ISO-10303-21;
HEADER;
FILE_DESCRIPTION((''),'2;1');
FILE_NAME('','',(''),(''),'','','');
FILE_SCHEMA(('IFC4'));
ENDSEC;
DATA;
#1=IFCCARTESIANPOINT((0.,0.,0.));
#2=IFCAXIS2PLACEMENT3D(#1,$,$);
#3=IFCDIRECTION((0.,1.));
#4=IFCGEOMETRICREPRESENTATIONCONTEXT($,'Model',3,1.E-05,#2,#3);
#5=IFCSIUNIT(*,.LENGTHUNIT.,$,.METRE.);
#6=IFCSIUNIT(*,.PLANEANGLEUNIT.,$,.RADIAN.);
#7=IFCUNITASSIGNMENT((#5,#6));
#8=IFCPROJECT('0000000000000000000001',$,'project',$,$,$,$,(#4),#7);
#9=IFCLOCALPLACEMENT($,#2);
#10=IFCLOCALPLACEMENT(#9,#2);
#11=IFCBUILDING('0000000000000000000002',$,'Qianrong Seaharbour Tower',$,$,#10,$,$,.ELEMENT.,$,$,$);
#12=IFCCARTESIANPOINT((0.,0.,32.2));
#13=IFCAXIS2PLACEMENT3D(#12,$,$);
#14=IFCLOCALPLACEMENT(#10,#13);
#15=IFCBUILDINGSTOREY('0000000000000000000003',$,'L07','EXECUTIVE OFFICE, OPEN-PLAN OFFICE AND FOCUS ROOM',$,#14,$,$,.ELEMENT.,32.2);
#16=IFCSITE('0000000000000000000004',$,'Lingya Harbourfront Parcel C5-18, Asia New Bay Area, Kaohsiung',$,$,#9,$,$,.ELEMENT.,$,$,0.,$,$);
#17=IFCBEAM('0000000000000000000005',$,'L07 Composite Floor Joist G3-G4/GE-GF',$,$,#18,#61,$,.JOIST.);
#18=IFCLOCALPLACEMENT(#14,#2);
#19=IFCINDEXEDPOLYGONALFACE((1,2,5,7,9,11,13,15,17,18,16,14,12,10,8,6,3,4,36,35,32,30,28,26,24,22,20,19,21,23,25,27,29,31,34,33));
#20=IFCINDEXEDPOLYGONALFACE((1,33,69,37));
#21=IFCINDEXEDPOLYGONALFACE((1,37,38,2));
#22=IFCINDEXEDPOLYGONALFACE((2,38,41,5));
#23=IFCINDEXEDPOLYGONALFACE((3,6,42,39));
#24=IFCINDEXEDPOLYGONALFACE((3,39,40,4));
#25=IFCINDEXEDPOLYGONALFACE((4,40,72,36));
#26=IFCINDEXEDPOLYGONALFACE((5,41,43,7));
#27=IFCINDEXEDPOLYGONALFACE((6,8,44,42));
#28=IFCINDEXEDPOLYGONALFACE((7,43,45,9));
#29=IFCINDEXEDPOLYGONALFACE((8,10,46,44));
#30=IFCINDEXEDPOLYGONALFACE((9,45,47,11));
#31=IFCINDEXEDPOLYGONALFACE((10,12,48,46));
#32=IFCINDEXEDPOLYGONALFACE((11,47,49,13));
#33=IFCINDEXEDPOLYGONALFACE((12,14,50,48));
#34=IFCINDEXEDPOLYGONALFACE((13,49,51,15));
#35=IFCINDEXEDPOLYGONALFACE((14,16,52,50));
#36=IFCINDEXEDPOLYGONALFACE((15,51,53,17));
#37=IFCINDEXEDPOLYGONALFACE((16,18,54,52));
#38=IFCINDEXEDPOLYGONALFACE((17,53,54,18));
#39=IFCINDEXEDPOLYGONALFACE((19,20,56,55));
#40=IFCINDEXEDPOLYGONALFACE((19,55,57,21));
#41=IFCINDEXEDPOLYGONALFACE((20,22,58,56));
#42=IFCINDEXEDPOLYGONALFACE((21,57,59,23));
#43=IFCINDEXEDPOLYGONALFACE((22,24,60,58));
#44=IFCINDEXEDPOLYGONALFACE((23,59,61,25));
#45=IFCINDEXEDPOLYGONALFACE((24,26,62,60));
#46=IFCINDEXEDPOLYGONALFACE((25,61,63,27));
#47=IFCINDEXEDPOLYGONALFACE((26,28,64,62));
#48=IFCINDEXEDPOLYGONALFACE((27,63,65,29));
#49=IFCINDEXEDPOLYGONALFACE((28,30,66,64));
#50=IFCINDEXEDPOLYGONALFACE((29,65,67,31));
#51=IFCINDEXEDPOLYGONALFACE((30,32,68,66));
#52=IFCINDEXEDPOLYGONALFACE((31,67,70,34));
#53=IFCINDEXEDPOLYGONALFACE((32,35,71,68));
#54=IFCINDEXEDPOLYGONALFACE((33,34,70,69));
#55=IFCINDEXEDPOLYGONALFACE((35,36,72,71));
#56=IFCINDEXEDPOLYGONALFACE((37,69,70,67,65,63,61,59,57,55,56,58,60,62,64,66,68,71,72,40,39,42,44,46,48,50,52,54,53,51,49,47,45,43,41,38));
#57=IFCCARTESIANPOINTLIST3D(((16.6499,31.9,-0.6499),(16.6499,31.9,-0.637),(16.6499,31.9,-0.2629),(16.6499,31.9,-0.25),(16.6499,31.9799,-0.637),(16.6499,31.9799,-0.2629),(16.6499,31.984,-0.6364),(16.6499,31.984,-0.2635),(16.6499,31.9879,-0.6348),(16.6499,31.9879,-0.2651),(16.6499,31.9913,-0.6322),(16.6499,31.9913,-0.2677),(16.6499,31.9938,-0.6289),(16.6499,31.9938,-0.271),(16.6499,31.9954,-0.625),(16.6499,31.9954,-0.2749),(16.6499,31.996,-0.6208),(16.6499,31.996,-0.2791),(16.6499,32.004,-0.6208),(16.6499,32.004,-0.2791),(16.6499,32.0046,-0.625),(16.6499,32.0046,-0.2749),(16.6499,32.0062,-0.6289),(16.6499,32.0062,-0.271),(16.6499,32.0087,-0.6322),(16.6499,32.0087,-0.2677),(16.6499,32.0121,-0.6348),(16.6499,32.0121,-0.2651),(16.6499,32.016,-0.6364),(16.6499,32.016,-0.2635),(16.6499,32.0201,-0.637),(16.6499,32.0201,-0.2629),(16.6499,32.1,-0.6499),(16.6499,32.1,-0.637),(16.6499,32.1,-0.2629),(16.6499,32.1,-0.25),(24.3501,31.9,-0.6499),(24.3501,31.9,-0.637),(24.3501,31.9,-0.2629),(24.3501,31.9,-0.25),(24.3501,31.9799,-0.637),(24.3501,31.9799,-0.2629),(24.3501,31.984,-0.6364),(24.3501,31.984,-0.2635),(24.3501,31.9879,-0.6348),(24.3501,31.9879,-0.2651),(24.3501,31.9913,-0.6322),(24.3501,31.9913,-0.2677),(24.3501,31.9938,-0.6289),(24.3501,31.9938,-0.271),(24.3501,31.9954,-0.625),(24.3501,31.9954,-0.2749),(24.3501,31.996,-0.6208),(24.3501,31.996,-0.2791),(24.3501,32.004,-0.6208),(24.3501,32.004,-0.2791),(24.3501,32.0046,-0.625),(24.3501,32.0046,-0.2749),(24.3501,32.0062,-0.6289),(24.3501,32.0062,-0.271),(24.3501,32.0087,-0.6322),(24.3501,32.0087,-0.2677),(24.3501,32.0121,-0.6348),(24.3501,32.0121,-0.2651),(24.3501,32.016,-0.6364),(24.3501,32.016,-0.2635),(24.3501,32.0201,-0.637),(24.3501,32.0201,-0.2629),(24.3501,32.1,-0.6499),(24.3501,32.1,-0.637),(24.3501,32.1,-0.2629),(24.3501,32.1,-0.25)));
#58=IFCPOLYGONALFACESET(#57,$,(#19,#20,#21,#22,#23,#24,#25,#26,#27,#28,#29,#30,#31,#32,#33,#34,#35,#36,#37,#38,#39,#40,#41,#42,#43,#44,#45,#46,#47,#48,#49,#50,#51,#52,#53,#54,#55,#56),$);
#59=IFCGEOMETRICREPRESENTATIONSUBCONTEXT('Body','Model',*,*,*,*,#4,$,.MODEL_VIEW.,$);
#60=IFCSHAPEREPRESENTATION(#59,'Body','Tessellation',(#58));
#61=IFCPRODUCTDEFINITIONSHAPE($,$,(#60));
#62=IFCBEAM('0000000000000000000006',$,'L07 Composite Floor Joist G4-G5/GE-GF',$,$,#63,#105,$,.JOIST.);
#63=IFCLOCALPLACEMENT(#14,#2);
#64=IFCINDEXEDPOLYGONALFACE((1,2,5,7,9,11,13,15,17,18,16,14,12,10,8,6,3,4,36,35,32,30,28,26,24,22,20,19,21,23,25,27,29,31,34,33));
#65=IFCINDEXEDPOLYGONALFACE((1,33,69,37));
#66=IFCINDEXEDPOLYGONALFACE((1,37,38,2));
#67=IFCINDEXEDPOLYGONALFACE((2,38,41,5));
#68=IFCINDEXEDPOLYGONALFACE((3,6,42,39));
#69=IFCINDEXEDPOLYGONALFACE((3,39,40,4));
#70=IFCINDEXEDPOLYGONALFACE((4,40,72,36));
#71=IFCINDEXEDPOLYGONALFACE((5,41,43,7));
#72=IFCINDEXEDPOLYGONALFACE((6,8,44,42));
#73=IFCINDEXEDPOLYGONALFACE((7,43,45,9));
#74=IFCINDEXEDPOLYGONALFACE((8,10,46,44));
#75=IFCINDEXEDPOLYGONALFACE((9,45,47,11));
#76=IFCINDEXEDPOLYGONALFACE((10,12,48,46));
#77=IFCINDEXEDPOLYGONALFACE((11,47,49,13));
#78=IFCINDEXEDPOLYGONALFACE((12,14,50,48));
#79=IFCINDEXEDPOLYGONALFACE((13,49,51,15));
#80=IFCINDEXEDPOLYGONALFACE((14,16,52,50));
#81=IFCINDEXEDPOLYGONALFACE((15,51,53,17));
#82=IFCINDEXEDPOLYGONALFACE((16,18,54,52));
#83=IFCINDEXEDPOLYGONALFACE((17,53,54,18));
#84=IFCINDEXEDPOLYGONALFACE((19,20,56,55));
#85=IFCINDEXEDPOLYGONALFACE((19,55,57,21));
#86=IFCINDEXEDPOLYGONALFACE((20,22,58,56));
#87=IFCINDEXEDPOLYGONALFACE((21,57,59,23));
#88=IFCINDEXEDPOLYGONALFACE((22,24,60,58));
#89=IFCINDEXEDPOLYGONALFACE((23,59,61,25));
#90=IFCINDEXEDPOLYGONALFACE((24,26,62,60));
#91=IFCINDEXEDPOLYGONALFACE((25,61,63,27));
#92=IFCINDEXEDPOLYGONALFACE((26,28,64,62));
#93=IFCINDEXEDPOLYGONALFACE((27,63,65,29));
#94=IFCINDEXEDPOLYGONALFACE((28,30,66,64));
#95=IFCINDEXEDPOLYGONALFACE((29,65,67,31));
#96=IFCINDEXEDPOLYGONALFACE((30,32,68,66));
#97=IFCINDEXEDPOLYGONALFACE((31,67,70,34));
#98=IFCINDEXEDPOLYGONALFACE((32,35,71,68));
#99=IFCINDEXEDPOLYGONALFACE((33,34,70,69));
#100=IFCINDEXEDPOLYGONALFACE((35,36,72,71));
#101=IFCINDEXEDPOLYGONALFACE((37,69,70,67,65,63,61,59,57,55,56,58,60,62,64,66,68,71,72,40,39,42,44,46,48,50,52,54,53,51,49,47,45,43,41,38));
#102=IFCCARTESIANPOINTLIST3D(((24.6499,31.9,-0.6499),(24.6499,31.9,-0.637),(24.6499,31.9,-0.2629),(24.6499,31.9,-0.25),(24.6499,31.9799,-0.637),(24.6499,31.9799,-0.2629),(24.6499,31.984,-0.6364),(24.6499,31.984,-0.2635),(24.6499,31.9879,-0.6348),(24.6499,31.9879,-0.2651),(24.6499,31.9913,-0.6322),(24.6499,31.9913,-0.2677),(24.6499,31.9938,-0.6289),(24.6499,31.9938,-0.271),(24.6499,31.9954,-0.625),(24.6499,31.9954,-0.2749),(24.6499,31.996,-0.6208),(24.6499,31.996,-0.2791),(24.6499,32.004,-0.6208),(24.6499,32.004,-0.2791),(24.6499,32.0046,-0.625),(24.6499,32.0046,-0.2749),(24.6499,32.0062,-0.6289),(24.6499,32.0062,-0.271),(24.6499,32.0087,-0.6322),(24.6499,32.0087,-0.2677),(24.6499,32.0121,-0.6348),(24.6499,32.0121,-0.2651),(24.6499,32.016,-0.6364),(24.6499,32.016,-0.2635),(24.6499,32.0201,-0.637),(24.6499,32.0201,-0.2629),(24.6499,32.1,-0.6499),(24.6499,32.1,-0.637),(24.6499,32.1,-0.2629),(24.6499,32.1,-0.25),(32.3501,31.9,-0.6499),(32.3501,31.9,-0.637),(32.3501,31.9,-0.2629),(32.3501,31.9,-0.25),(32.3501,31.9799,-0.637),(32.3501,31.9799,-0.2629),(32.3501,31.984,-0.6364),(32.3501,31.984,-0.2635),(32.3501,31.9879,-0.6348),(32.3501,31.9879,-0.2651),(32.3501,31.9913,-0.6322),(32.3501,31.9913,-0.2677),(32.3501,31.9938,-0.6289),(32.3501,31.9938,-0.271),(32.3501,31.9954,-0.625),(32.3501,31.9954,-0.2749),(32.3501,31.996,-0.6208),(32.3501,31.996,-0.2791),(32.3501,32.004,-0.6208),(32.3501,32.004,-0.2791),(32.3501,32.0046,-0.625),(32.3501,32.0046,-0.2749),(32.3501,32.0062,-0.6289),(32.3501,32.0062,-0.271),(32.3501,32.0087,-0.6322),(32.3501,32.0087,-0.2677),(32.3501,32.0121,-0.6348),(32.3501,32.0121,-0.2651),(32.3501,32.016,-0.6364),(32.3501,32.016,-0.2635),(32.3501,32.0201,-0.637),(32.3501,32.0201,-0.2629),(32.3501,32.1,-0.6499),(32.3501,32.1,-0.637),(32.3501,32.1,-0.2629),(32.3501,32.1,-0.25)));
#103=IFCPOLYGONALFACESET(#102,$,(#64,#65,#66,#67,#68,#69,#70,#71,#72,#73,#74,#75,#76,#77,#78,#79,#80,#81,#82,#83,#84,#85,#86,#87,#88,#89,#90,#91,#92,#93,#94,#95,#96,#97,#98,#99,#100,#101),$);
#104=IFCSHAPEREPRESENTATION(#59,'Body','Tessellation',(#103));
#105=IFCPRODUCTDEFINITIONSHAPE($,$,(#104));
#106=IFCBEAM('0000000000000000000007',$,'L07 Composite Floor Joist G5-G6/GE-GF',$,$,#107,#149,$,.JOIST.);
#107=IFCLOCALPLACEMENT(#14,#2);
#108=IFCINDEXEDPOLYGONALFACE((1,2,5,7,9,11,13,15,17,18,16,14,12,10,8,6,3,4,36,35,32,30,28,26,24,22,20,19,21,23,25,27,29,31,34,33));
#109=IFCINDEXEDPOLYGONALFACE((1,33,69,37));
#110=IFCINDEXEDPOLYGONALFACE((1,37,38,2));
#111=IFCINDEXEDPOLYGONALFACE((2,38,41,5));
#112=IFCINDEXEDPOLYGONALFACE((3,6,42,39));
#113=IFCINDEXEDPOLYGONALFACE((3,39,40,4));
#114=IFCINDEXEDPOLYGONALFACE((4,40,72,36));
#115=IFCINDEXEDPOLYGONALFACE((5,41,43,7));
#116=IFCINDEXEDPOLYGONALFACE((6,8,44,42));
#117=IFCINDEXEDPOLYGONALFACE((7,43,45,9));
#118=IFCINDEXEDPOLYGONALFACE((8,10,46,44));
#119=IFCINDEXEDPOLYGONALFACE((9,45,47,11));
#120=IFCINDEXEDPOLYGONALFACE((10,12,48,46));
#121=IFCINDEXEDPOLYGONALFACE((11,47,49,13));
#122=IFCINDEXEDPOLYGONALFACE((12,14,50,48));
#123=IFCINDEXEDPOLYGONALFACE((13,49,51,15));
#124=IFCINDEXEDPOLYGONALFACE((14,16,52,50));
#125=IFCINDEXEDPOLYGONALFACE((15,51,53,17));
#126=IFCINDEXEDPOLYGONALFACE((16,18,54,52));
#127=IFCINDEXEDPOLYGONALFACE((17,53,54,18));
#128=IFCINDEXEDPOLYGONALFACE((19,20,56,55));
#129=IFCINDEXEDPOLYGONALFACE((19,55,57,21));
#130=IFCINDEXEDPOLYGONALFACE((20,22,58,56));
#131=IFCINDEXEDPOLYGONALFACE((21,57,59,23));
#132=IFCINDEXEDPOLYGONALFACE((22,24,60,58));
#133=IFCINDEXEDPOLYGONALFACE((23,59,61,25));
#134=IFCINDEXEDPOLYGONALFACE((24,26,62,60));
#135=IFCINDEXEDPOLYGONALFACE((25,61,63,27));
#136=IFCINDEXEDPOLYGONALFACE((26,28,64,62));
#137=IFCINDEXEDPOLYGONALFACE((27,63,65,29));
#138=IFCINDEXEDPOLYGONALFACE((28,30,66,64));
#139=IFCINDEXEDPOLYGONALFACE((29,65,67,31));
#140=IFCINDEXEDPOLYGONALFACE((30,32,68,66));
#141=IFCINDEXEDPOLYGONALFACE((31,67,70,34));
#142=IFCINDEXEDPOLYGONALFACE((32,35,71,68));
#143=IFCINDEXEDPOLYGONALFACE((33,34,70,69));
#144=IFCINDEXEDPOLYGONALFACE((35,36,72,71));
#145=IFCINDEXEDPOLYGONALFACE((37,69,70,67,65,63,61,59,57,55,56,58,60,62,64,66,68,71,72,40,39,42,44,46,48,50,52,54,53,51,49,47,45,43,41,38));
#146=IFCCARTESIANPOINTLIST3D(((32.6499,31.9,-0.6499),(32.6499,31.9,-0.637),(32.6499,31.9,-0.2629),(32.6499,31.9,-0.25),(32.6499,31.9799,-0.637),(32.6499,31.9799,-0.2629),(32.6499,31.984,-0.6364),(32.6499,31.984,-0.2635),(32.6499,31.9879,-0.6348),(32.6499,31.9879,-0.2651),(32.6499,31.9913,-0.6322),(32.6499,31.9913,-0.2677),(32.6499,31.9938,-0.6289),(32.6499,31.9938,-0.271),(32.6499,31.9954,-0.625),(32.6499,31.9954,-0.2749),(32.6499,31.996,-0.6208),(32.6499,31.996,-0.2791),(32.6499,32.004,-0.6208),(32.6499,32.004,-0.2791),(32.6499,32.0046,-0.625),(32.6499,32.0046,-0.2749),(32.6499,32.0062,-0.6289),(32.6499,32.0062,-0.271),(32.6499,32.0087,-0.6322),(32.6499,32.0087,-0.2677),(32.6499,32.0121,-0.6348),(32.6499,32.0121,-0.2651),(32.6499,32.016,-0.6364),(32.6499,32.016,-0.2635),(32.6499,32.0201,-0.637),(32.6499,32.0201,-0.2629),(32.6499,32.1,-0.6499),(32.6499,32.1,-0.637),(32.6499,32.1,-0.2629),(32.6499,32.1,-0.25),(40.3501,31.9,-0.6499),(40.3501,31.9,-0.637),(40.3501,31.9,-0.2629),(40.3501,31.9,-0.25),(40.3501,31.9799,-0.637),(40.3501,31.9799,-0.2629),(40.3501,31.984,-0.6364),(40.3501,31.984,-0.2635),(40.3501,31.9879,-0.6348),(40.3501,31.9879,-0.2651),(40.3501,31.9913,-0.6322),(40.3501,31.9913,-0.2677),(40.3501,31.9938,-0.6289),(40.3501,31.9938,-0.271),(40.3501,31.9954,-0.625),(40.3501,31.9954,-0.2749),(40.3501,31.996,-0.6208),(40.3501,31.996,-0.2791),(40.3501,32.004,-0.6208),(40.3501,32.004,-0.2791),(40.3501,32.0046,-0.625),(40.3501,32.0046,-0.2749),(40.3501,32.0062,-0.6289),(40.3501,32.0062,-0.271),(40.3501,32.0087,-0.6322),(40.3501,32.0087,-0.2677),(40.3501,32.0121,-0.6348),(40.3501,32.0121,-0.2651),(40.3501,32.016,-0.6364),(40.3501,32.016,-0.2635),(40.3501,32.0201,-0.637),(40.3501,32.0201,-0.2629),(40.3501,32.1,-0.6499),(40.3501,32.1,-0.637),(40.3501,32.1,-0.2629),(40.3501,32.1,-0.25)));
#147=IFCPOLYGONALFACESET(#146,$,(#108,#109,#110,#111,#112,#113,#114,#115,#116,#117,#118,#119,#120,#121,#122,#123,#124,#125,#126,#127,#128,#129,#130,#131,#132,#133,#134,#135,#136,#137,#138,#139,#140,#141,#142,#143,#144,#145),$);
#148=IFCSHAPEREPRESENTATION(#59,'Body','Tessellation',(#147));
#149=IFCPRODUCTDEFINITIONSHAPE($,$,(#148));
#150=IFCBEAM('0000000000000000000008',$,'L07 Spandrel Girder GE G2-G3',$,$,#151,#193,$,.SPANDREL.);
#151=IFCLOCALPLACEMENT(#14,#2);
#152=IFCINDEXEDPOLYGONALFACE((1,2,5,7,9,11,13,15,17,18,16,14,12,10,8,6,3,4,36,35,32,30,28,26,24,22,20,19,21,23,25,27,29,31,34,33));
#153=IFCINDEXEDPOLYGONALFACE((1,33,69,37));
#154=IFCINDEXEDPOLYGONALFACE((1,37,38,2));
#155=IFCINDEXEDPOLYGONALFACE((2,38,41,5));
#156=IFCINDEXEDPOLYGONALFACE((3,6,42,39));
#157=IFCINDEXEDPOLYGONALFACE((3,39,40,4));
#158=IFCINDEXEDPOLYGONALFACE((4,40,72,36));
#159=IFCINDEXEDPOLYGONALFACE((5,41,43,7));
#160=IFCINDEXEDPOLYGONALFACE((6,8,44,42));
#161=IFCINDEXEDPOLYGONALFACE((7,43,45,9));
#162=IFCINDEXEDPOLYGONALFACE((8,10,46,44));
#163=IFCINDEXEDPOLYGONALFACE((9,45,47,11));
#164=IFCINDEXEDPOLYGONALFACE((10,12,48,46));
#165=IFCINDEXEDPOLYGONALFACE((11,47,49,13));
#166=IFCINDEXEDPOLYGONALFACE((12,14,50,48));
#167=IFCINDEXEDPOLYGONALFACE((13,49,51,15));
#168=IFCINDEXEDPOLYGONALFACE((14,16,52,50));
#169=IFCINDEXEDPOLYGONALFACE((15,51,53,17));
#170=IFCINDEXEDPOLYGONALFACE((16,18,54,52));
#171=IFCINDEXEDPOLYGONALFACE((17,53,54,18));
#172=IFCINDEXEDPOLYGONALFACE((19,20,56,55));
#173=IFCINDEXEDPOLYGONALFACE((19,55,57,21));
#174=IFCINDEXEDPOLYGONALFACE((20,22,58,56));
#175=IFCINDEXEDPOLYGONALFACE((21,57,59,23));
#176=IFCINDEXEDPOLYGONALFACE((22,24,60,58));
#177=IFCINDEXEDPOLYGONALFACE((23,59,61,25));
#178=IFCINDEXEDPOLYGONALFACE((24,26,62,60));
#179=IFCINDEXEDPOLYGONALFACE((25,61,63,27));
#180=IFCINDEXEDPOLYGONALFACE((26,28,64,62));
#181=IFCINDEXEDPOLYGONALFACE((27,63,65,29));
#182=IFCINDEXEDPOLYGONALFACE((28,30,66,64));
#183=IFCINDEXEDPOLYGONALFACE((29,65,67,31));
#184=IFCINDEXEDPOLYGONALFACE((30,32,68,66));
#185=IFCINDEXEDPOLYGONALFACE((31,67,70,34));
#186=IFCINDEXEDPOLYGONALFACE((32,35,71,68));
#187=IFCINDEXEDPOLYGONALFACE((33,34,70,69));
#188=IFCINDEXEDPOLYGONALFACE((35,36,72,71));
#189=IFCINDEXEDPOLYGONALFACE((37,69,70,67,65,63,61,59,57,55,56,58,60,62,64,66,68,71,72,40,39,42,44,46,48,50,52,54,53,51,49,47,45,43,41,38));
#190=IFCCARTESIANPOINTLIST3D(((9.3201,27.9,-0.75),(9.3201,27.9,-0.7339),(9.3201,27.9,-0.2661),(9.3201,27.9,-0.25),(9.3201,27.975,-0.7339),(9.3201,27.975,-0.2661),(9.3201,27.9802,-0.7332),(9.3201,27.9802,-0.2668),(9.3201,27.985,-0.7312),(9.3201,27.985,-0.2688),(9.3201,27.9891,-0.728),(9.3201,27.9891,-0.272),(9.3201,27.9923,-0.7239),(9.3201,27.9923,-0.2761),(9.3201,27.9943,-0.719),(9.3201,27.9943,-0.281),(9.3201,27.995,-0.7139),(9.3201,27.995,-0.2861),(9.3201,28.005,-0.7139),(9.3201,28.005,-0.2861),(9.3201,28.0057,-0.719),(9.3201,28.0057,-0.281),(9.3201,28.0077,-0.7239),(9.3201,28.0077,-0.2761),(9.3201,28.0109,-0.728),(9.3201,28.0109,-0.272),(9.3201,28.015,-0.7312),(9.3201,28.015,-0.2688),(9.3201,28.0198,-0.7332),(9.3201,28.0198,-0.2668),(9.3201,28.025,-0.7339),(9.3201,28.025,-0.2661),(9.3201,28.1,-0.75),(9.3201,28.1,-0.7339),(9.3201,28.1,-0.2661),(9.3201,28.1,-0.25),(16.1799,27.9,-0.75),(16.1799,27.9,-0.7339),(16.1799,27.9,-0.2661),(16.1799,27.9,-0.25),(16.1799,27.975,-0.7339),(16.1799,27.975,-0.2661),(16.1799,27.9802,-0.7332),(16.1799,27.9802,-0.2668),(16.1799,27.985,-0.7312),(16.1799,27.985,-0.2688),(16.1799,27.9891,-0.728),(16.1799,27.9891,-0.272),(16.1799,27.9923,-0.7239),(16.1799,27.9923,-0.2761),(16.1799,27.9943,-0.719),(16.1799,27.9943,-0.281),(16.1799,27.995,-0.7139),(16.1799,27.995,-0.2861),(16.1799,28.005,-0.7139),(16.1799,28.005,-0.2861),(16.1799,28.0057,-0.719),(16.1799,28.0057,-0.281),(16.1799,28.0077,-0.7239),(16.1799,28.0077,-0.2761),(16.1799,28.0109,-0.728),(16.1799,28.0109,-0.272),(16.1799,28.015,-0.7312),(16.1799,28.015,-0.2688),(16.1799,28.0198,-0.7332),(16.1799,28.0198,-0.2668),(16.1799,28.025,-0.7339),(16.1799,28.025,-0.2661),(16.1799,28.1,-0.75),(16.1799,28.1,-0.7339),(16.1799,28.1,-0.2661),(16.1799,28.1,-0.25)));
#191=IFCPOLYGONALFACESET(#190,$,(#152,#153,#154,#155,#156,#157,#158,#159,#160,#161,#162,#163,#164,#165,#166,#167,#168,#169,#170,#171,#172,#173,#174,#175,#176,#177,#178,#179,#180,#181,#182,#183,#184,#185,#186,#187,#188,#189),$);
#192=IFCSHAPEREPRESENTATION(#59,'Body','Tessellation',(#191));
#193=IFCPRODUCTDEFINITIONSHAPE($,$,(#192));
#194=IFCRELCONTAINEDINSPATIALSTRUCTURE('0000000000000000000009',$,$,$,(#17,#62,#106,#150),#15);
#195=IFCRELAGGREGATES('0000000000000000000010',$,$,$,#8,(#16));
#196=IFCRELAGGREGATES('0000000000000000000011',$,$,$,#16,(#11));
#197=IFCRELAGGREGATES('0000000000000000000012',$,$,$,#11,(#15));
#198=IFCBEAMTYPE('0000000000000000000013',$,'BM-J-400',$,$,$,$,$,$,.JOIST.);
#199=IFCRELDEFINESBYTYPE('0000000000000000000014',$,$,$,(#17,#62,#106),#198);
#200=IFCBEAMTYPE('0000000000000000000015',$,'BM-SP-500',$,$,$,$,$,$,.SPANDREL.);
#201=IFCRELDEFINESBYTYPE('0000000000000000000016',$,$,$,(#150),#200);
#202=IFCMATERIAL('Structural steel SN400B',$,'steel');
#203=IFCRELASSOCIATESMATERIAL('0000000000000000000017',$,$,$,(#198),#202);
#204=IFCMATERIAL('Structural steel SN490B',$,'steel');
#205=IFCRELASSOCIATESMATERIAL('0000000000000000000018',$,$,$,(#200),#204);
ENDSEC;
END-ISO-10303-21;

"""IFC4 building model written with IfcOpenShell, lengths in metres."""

from ifc_helpers import new_model, si_unit, direction, frame, origin, origin_2d, place, context, subcontext, project, spatial, i_section, extrude, material, material_profile, profile_set, type_object, element, save


model = new_model("IFC4")

# Units and contexts
model_context = context("Model", 3, precision=1e-05, world=origin(), true_north=direction((0.0, 1.0)))
body_context = subcontext(model_context, "Body", "Model", "MODEL_VIEW")
ifc_project = project(units=[si_unit("LENGTHUNIT", "METRE"), si_unit("PLANEANGLEUNIT", "RADIAN")], contexts=[model_context])

# Site, building, storey
site_placement = place(None, origin())
site = spatial("IfcSite", under=ifc_project, at=site_placement, Name="Lingya Harbourfront Parcel C5-18, Asia New Bay Area, Kaohsiung", CompositionType="ELEMENT", RefElevation=0.0)
building_placement = place(site_placement, origin())
building = spatial("IfcBuilding", under=site, at=building_placement, Name="Qianrong Seaharbour Tower", CompositionType="ELEMENT")
storey_placement = place(building_placement, frame((0.0, 0.0, 32.2)))
storey = spatial("IfcBuildingStorey", under=building, at=storey_placement, Name="L07", Description="EXECUTIVE OFFICE, OPEN-PLAN OFFICE AND FOCUS ROOM", CompositionType="ELEMENT", Elevation=32.2)

# Shared definitions
ifc_material_1 = material(Name="Structural steel SN490B", Category="steel")

# Beams
ifc_material_2 = material(Name="Structural steel SN400B", Category="steel")
ifc_material_profile_1 = material_profile(ifc_material_2, i_section(OverallWidth=0.2, OverallDepth=0.3999, WebThickness=0.0081, FlangeThickness=0.0129, FilletRadius=0.0161, at=origin_2d()), Name="H400x200x8x13")
ifc_profile_set_1 = profile_set([ifc_material_profile_1], Name="Structural steel SN400B")
beam_type_1 = type_object("IfcBeamType", Name="BM-J-400", PredefinedType="JOIST", material=ifc_profile_set_1)
for number, where, z_axis, x_axis, name in (
    (1, (16.6499, 32.0, -0.45), (1.0, 0.0, 0.0), (0.0, 1.0, 0.0), "L07 Composite Floor Joist G3-G4/GE-GF"),
    (2, (24.6499, 32.0, -0.45), (1.0, 0.0, 0.0), (0.0, 1.0, 0.0), "L07 Composite Floor Joist G4-G5/GE-GF"),
    (3, (32.6499, 32.0, -0.45), (1.0, 0.0, 0.0), (0.0, 1.0, 0.0), "L07 Composite Floor Joist G5-G6/GE-GF"),
):
    element("IfcBeam", number, at=place(storey_placement, frame(where, z_axis=z_axis, x_axis=x_axis)), inside=storey, type_object=beam_type_1, Name=name, PredefinedType="JOIST", context=body_context, shape_type="SweptSolid", body=[
        extrude(i_section(OverallWidth=0.2, OverallDepth=0.3999, WebThickness=0.0081, FlangeThickness=0.0129, FilletRadius=0.0161, at=origin_2d()), origin(), (0.0, 0.0, 1.0), 7.7002),
    ])
ifc_material_profile_2 = material_profile(ifc_material_1, i_section(OverallWidth=0.2, OverallDepth=0.5, WebThickness=0.01, FlangeThickness=0.0161, FilletRadius=0.02, at=origin_2d()), Name="H500x200x10x16")
ifc_profile_set_2 = profile_set([ifc_material_profile_2], Name="Structural steel SN490B")
beam_type_2 = type_object("IfcBeamType", Name="BM-SP-500", PredefinedType="SPANDREL", material=ifc_profile_set_2)
beam_1_placement = place(storey_placement, frame((9.3201, 28.0, -0.5), z_axis=(1.0, 0.0, 0.0), x_axis=(0.0, 1.0, 0.0)))
element("IfcBeam", 4, at=beam_1_placement, inside=storey, type_object=beam_type_2, Name="L07 Spandrel Girder GE G2-G3", PredefinedType="SPANDREL", context=body_context, shape_type="SweptSolid", body=[
    extrude(i_section(OverallWidth=0.2, OverallDepth=0.5, WebThickness=0.01, FlangeThickness=0.0161, FilletRadius=0.02, at=origin_2d()), origin(), (0.0, 0.0, 1.0), 6.8599),
])

save(model, "model.ifc")
